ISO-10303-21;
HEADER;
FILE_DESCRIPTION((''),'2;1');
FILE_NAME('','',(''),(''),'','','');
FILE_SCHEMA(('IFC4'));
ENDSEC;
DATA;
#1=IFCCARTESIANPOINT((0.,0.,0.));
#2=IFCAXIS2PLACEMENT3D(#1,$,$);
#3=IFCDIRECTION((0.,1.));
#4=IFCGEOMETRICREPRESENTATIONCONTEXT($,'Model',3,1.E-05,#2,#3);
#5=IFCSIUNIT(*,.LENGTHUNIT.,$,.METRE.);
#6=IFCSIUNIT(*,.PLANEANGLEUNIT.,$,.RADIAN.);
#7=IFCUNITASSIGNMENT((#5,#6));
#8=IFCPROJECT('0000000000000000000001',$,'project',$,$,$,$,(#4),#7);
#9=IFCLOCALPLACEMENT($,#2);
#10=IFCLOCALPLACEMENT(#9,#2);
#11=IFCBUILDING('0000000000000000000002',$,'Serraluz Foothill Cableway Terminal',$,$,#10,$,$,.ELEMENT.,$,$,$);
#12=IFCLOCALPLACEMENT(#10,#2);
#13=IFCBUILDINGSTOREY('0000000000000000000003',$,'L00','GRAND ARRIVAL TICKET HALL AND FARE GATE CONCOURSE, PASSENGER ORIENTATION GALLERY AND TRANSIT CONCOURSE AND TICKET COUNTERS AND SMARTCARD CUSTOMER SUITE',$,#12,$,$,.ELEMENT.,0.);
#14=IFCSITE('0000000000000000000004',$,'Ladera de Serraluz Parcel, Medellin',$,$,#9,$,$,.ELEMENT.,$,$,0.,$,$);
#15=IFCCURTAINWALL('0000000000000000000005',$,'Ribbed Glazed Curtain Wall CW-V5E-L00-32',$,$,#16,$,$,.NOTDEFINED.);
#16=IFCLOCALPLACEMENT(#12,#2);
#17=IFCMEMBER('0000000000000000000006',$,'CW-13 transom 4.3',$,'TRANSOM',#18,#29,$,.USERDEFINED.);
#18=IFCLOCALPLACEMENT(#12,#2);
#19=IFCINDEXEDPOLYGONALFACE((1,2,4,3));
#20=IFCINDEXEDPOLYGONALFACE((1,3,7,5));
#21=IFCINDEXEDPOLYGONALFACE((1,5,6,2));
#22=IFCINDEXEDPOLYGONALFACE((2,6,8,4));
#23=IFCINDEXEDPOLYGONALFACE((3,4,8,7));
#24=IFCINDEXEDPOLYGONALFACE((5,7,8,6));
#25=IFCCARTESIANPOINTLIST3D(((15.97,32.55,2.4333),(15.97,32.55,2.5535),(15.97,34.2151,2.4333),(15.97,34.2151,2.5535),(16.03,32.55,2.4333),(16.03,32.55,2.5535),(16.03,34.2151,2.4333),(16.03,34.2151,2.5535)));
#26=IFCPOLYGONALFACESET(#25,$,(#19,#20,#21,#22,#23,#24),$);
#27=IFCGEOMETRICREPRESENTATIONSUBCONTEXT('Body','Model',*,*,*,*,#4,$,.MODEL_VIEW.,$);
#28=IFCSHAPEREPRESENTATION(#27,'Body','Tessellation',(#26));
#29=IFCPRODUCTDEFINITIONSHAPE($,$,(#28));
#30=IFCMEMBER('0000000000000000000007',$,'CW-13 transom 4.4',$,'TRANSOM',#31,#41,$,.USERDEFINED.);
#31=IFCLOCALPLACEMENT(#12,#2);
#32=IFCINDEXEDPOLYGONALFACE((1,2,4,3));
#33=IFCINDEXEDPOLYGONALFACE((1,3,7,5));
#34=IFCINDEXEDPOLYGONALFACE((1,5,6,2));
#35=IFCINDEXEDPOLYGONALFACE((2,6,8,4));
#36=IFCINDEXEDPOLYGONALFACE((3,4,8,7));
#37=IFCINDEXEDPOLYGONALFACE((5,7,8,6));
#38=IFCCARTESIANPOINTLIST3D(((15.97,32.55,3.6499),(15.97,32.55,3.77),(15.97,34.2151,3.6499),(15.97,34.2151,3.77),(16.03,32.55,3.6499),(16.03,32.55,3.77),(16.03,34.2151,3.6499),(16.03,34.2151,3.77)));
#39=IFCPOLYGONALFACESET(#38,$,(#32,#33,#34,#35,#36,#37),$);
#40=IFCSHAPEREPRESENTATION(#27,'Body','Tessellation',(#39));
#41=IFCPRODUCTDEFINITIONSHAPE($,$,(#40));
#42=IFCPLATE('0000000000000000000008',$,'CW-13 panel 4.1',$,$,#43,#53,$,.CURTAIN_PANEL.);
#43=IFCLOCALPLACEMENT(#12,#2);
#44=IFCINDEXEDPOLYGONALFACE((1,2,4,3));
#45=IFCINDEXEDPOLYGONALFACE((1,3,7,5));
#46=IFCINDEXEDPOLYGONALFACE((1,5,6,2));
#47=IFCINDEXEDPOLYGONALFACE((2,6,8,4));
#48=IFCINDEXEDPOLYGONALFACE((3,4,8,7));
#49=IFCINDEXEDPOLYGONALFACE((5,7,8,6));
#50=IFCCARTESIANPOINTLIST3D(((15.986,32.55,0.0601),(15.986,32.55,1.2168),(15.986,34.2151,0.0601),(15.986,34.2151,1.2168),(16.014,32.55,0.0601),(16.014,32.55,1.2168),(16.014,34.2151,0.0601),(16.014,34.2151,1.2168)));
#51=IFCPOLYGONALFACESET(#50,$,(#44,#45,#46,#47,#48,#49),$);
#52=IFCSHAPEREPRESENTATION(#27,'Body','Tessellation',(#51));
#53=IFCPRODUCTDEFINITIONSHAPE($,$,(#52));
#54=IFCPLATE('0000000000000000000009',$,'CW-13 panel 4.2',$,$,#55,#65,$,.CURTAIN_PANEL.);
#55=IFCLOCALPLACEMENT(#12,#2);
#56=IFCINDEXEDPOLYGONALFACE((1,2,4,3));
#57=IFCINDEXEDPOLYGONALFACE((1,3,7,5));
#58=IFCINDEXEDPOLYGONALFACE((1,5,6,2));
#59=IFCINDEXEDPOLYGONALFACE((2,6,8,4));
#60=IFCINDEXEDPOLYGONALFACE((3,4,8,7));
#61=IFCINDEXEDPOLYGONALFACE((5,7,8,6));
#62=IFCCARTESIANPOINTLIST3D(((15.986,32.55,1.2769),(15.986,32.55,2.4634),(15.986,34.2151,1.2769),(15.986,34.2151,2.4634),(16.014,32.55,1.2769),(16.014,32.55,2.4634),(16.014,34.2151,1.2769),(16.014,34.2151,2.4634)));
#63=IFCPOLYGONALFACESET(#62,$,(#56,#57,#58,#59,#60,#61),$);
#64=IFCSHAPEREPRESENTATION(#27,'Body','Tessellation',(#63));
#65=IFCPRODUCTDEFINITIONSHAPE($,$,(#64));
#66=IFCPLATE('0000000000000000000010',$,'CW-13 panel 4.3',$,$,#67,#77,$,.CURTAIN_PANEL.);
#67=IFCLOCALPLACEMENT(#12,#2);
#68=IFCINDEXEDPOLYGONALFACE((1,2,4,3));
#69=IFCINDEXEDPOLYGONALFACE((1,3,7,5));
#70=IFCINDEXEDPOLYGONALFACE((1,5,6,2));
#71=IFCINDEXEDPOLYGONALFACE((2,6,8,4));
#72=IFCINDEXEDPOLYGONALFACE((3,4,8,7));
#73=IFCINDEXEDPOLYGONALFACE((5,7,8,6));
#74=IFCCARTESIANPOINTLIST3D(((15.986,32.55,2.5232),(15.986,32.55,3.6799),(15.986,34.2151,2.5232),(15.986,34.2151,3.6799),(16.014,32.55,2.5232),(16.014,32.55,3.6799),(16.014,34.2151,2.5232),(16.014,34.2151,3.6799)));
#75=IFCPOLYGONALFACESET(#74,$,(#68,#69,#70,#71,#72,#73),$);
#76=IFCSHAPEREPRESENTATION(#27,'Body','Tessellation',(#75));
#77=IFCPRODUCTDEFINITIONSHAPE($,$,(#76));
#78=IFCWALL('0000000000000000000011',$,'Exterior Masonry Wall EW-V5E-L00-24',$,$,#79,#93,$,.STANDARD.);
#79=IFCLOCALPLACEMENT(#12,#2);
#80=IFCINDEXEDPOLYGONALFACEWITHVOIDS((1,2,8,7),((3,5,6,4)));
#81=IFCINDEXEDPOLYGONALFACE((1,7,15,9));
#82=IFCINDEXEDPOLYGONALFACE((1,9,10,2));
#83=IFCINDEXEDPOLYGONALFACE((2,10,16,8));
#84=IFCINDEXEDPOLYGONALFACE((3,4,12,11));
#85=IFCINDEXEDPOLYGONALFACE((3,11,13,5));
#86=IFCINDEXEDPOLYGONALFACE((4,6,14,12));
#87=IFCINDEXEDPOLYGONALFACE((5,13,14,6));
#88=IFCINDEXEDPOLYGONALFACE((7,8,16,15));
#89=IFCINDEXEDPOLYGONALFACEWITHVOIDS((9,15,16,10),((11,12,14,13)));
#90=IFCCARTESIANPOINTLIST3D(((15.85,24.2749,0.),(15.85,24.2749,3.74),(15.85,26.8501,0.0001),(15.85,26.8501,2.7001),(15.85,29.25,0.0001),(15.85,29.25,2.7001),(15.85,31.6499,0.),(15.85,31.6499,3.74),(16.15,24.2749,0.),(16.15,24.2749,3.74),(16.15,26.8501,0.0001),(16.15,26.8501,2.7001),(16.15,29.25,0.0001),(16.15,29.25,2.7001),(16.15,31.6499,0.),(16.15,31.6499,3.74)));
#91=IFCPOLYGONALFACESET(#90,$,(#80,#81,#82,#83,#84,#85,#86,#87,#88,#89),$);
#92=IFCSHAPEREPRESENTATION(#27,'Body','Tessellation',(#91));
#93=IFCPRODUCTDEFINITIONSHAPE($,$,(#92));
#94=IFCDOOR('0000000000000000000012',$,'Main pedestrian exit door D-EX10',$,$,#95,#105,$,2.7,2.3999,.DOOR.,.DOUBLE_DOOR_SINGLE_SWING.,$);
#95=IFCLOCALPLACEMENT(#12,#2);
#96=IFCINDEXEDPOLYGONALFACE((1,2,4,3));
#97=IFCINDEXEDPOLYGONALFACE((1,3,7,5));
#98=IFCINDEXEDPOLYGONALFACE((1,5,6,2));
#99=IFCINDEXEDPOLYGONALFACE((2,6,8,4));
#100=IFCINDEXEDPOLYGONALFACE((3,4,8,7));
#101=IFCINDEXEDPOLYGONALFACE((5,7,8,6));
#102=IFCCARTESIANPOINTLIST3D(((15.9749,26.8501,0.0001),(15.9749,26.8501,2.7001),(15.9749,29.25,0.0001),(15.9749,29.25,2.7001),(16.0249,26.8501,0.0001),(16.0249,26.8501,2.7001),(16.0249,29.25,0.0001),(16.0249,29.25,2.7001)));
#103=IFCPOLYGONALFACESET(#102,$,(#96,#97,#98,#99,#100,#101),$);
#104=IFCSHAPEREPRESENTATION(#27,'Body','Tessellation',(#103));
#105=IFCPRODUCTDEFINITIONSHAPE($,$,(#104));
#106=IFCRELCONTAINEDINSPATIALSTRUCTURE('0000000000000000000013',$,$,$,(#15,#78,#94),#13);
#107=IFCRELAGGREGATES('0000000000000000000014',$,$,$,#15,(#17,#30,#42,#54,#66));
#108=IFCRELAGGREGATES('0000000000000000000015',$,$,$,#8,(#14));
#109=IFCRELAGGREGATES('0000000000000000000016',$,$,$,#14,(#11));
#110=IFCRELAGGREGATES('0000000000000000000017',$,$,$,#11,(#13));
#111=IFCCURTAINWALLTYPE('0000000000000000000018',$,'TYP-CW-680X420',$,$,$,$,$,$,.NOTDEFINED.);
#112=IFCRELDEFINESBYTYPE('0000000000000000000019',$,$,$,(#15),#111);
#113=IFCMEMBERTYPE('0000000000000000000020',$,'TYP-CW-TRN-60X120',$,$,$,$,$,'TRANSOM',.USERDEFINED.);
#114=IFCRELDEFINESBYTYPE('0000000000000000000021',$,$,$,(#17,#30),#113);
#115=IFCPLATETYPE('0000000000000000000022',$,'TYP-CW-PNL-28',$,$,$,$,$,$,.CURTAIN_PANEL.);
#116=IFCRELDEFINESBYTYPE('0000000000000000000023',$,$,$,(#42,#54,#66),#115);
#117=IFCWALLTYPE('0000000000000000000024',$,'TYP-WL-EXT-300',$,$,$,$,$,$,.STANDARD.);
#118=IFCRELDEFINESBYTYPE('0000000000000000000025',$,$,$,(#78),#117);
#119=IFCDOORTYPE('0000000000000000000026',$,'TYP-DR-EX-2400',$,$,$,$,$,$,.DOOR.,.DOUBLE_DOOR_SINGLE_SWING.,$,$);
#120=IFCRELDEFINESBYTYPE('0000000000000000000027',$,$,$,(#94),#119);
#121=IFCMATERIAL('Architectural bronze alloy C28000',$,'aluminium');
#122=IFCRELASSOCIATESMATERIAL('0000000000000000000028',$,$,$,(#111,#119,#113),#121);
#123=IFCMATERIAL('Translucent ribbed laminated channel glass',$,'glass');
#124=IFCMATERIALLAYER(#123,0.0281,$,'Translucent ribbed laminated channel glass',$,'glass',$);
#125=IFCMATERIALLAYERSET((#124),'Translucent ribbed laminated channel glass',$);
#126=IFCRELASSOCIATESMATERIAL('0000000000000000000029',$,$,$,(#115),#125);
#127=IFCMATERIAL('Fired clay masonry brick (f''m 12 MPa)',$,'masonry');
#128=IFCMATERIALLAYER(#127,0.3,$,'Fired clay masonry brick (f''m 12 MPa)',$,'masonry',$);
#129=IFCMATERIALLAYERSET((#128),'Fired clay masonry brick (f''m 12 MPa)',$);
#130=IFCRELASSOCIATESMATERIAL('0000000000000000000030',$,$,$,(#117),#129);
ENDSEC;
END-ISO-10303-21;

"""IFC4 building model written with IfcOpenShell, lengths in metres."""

from ifc_helpers import new_model, si_unit, direction, frame, frame_2d, origin, origin_2d, place, context, subcontext, project, spatial, rectangle, extrude, material, layer, layer_set, material_profile, profile_set, type_object, element, fill, aggregate, save


model = new_model("IFC4")

# Units and contexts
model_context = context("Model", 3, precision=1e-05, world=origin(), true_north=direction((0.0, 1.0)))
body_context = subcontext(model_context, "Body", "Model", "MODEL_VIEW")
ifc_project = project(units=[si_unit("LENGTHUNIT", "METRE"), si_unit("PLANEANGLEUNIT", "RADIAN")], contexts=[model_context])

# Site, building, storey
site_placement = place(None, origin())
site = spatial("IfcSite", under=ifc_project, at=site_placement, Name="Ladera de Serraluz Parcel, Medellin", CompositionType="ELEMENT", RefElevation=0.0)
building_placement = place(site_placement, origin())
building = spatial("IfcBuilding", under=site, at=building_placement, Name="Serraluz Foothill Cableway Terminal", CompositionType="ELEMENT")
storey_placement = place(building_placement, origin())
storey = spatial("IfcBuildingStorey", under=building, at=storey_placement, Name="L00", Description="GRAND ARRIVAL TICKET HALL AND FARE GATE CONCOURSE, PASSENGER ORIENTATION GALLERY AND TRANSIT CONCOURSE AND TICKET COUNTERS AND SMARTCARD CUSTOMER SUITE", CompositionType="ELEMENT", Elevation=0.0)

# Shared definitions
ifc_material_1 = material(Name="Architectural bronze alloy C28000", Category="aluminium")

# Curtain wall
curtain_wall_type_1 = type_object("IfcCurtainWallType", Name="TYP-CW-680X420", PredefinedType="NOTDEFINED", material=ifc_material_1)
curtain_wall_1_placement = place(storey_placement, origin())
curtain_wall_1 = element("IfcCurtainWall", 1, at=curtain_wall_1_placement, inside=storey, type_object=curtain_wall_type_1, Name="Ribbed Glazed Curtain Wall CW-V5E-L00-32", PredefinedType="NOTDEFINED")

# Members
ifc_material_profile_1 = material_profile(ifc_material_1, rectangle(XDim=0.0601, YDim=0.1201, at=origin_2d()), Name="ALU TRANSOM 60x120")
ifc_profile_set_1 = profile_set([ifc_material_profile_1], Name="Architectural bronze alloy C28000")
member_type_1 = type_object("IfcMemberType", Name="TYP-CW-TRN-60X120", ElementType="TRANSOM", PredefinedType="USERDEFINED", material=ifc_profile_set_1)
member_1_placement = place(storey_placement, frame((16.0, 34.2151, 2.4934), z_axis=(0.0, -1.0, 0.0), x_axis=(1.0, 0.0, 0.0)))
member_1 = element("IfcMember", 2, at=member_1_placement, type_object=member_type_1, Name="CW-13 transom 4.3", ObjectType="TRANSOM", PredefinedType="USERDEFINED", context=body_context, shape_type="SweptSolid", body=[
    extrude(rectangle(XDim=0.0601, YDim=0.1201, at=origin_2d()), origin(), (0.0, 0.0, 1.0), 1.665),
])
member_2_placement = place(storey_placement, frame((16.0, 34.2151, 3.71), z_axis=(0.0, -1.0, 0.0), x_axis=(1.0, 0.0, 0.0)))
member_2 = element("IfcMember", 3, at=member_2_placement, type_object=member_type_1, Name="CW-13 transom 4.4", ObjectType="TRANSOM", PredefinedType="USERDEFINED", context=body_context, shape_type="SweptSolid", body=[
    extrude(rectangle(XDim=0.0601, YDim=0.1201, at=origin_2d()), origin(), (0.0, 0.0, 1.0), 1.665),
])

# Plates
ifc_material_2 = material(Name="Translucent ribbed laminated channel glass", Category="glass")
ifc_layer_1 = layer(ifc_material_2, 0.0281, Name="Translucent ribbed laminated channel glass", Category="glass")
ifc_layer_set_1 = layer_set([ifc_layer_1], Name="Translucent ribbed laminated channel glass")
plate_type = type_object("IfcPlateType", Name="TYP-CW-PNL-28", PredefinedType="CURTAIN_PANEL", material=ifc_layer_set_1)
plate_1_placement = place(storey_placement, frame((16.0, 33.3826, 0.0601), z_axis=(0.0, 0.0, 1.0), x_axis=(0.0, -1.0, 0.0)))
plate_1 = element("IfcPlate", 4, at=plate_1_placement, type_object=plate_type, Name="CW-13 panel 4.1", PredefinedType="CURTAIN_PANEL", context=body_context, shape_type="SweptSolid", body=[
    extrude(rectangle(XDim=1.665, YDim=0.0281, at=origin_2d()), origin(), (0.0, 0.0, 1.0), 1.1567),
])
plate_2_placement = place(storey_placement, frame((16.0, 33.3826, 1.2769), z_axis=(0.0, 0.0, 1.0), x_axis=(0.0, -1.0, 0.0)))
plate_2 = element("IfcPlate", 5, at=plate_2_placement, type_object=plate_type, Name="CW-13 panel 4.2", PredefinedType="CURTAIN_PANEL", context=body_context, shape_type="SweptSolid", body=[
    extrude(rectangle(XDim=1.665, YDim=0.0281, at=origin_2d()), origin(), (0.0, 0.0, 1.0), 1.1865),
])
plate_3_placement = place(storey_placement, frame((16.0, 33.3826, 2.5232), z_axis=(0.0, 0.0, 1.0), x_axis=(0.0, -1.0, 0.0)))
plate_3 = element("IfcPlate", 6, at=plate_3_placement, type_object=plate_type, Name="CW-13 panel 4.3", PredefinedType="CURTAIN_PANEL", context=body_context, shape_type="SweptSolid", body=[
    extrude(rectangle(XDim=1.665, YDim=0.0281, at=origin_2d()), origin(), (0.0, 0.0, 1.0), 1.1567),
])
aggregate(curtain_wall_1, [member_1, member_2, plate_1, plate_2, plate_3])

# Wall, opening, door
ifc_material_3 = material(Name="Fired clay masonry brick (f'm 12 MPa)", Category="masonry")
ifc_layer_2 = layer(ifc_material_3, 0.3, Name="Fired clay masonry brick (f'm 12 MPa)", Category="masonry")
ifc_layer_set_2 = layer_set([ifc_layer_2], Name="Fired clay masonry brick (f'm 12 MPa)")
wall_type = type_object("IfcWallType", Name="TYP-WL-EXT-300", PredefinedType="STANDARD", material=ifc_layer_set_2)
wall_placement = place(storey_placement, frame((16.0, 31.6499, 0.0), z_axis=(0.0, 0.0, 1.0), x_axis=(0.0, -1.0, 0.0)))
wall = element("IfcWall", 7, at=wall_placement, inside=storey, type_object=wall_type, Name="Exterior Masonry Wall EW-V5E-L00-24", PredefinedType="STANDARD", context=body_context, shape_type="SweptSolid", body=[
    extrude(rectangle(XDim=7.375, YDim=0.3, at=frame_2d((3.6875, 0.0))), origin(), (0.0, 0.0, 1.0), 3.74),
])
opening_placement = place(wall_placement, frame((2.3999, 0.0, 0.0)))
opening = element("IfcOpeningElement", 8, at=opening_placement, cuts=wall, PredefinedType="OPENING", context=body_context, shape_type="SweptSolid", body=[
    extrude(rectangle(XDim=2.3999, YDim=2.7, at=frame_2d((1.2, 1.3501))), frame((0.0, 0.1602, 0.0), z_axis=(0.0, -1.0, 0.0), x_axis=(1.0, 0.0, 0.0)), (0.0, 0.0, 1.0), 0.3201),
])
door_type = type_object("IfcDoorType", Name="TYP-DR-EX-2400", OperationType="DOUBLE_DOOR_SINGLE_SWING", PredefinedType="DOOR", material=ifc_material_1)
door_placement = place(opening_placement, origin())
door = element("IfcDoor", 9, at=door_placement, inside=storey, type_object=door_type, Name="Main pedestrian exit door D-EX10", OperationType="DOUBLE_DOOR_SINGLE_SWING", OverallHeight=2.7, OverallWidth=2.3999, PredefinedType="DOOR", context=body_context, shape_type="SweptSolid", body=[
    extrude(rectangle(XDim=2.3999, YDim=2.7, at=frame_2d((1.2, 1.3501))), frame((0.0, 0.0249, 0.0), z_axis=(0.0, -1.0, 0.0), x_axis=(1.0, 0.0, 0.0)), (0.0, 0.0, 1.0), 0.05),
])
fill(opening, door)

save(model, "model.ifc")
